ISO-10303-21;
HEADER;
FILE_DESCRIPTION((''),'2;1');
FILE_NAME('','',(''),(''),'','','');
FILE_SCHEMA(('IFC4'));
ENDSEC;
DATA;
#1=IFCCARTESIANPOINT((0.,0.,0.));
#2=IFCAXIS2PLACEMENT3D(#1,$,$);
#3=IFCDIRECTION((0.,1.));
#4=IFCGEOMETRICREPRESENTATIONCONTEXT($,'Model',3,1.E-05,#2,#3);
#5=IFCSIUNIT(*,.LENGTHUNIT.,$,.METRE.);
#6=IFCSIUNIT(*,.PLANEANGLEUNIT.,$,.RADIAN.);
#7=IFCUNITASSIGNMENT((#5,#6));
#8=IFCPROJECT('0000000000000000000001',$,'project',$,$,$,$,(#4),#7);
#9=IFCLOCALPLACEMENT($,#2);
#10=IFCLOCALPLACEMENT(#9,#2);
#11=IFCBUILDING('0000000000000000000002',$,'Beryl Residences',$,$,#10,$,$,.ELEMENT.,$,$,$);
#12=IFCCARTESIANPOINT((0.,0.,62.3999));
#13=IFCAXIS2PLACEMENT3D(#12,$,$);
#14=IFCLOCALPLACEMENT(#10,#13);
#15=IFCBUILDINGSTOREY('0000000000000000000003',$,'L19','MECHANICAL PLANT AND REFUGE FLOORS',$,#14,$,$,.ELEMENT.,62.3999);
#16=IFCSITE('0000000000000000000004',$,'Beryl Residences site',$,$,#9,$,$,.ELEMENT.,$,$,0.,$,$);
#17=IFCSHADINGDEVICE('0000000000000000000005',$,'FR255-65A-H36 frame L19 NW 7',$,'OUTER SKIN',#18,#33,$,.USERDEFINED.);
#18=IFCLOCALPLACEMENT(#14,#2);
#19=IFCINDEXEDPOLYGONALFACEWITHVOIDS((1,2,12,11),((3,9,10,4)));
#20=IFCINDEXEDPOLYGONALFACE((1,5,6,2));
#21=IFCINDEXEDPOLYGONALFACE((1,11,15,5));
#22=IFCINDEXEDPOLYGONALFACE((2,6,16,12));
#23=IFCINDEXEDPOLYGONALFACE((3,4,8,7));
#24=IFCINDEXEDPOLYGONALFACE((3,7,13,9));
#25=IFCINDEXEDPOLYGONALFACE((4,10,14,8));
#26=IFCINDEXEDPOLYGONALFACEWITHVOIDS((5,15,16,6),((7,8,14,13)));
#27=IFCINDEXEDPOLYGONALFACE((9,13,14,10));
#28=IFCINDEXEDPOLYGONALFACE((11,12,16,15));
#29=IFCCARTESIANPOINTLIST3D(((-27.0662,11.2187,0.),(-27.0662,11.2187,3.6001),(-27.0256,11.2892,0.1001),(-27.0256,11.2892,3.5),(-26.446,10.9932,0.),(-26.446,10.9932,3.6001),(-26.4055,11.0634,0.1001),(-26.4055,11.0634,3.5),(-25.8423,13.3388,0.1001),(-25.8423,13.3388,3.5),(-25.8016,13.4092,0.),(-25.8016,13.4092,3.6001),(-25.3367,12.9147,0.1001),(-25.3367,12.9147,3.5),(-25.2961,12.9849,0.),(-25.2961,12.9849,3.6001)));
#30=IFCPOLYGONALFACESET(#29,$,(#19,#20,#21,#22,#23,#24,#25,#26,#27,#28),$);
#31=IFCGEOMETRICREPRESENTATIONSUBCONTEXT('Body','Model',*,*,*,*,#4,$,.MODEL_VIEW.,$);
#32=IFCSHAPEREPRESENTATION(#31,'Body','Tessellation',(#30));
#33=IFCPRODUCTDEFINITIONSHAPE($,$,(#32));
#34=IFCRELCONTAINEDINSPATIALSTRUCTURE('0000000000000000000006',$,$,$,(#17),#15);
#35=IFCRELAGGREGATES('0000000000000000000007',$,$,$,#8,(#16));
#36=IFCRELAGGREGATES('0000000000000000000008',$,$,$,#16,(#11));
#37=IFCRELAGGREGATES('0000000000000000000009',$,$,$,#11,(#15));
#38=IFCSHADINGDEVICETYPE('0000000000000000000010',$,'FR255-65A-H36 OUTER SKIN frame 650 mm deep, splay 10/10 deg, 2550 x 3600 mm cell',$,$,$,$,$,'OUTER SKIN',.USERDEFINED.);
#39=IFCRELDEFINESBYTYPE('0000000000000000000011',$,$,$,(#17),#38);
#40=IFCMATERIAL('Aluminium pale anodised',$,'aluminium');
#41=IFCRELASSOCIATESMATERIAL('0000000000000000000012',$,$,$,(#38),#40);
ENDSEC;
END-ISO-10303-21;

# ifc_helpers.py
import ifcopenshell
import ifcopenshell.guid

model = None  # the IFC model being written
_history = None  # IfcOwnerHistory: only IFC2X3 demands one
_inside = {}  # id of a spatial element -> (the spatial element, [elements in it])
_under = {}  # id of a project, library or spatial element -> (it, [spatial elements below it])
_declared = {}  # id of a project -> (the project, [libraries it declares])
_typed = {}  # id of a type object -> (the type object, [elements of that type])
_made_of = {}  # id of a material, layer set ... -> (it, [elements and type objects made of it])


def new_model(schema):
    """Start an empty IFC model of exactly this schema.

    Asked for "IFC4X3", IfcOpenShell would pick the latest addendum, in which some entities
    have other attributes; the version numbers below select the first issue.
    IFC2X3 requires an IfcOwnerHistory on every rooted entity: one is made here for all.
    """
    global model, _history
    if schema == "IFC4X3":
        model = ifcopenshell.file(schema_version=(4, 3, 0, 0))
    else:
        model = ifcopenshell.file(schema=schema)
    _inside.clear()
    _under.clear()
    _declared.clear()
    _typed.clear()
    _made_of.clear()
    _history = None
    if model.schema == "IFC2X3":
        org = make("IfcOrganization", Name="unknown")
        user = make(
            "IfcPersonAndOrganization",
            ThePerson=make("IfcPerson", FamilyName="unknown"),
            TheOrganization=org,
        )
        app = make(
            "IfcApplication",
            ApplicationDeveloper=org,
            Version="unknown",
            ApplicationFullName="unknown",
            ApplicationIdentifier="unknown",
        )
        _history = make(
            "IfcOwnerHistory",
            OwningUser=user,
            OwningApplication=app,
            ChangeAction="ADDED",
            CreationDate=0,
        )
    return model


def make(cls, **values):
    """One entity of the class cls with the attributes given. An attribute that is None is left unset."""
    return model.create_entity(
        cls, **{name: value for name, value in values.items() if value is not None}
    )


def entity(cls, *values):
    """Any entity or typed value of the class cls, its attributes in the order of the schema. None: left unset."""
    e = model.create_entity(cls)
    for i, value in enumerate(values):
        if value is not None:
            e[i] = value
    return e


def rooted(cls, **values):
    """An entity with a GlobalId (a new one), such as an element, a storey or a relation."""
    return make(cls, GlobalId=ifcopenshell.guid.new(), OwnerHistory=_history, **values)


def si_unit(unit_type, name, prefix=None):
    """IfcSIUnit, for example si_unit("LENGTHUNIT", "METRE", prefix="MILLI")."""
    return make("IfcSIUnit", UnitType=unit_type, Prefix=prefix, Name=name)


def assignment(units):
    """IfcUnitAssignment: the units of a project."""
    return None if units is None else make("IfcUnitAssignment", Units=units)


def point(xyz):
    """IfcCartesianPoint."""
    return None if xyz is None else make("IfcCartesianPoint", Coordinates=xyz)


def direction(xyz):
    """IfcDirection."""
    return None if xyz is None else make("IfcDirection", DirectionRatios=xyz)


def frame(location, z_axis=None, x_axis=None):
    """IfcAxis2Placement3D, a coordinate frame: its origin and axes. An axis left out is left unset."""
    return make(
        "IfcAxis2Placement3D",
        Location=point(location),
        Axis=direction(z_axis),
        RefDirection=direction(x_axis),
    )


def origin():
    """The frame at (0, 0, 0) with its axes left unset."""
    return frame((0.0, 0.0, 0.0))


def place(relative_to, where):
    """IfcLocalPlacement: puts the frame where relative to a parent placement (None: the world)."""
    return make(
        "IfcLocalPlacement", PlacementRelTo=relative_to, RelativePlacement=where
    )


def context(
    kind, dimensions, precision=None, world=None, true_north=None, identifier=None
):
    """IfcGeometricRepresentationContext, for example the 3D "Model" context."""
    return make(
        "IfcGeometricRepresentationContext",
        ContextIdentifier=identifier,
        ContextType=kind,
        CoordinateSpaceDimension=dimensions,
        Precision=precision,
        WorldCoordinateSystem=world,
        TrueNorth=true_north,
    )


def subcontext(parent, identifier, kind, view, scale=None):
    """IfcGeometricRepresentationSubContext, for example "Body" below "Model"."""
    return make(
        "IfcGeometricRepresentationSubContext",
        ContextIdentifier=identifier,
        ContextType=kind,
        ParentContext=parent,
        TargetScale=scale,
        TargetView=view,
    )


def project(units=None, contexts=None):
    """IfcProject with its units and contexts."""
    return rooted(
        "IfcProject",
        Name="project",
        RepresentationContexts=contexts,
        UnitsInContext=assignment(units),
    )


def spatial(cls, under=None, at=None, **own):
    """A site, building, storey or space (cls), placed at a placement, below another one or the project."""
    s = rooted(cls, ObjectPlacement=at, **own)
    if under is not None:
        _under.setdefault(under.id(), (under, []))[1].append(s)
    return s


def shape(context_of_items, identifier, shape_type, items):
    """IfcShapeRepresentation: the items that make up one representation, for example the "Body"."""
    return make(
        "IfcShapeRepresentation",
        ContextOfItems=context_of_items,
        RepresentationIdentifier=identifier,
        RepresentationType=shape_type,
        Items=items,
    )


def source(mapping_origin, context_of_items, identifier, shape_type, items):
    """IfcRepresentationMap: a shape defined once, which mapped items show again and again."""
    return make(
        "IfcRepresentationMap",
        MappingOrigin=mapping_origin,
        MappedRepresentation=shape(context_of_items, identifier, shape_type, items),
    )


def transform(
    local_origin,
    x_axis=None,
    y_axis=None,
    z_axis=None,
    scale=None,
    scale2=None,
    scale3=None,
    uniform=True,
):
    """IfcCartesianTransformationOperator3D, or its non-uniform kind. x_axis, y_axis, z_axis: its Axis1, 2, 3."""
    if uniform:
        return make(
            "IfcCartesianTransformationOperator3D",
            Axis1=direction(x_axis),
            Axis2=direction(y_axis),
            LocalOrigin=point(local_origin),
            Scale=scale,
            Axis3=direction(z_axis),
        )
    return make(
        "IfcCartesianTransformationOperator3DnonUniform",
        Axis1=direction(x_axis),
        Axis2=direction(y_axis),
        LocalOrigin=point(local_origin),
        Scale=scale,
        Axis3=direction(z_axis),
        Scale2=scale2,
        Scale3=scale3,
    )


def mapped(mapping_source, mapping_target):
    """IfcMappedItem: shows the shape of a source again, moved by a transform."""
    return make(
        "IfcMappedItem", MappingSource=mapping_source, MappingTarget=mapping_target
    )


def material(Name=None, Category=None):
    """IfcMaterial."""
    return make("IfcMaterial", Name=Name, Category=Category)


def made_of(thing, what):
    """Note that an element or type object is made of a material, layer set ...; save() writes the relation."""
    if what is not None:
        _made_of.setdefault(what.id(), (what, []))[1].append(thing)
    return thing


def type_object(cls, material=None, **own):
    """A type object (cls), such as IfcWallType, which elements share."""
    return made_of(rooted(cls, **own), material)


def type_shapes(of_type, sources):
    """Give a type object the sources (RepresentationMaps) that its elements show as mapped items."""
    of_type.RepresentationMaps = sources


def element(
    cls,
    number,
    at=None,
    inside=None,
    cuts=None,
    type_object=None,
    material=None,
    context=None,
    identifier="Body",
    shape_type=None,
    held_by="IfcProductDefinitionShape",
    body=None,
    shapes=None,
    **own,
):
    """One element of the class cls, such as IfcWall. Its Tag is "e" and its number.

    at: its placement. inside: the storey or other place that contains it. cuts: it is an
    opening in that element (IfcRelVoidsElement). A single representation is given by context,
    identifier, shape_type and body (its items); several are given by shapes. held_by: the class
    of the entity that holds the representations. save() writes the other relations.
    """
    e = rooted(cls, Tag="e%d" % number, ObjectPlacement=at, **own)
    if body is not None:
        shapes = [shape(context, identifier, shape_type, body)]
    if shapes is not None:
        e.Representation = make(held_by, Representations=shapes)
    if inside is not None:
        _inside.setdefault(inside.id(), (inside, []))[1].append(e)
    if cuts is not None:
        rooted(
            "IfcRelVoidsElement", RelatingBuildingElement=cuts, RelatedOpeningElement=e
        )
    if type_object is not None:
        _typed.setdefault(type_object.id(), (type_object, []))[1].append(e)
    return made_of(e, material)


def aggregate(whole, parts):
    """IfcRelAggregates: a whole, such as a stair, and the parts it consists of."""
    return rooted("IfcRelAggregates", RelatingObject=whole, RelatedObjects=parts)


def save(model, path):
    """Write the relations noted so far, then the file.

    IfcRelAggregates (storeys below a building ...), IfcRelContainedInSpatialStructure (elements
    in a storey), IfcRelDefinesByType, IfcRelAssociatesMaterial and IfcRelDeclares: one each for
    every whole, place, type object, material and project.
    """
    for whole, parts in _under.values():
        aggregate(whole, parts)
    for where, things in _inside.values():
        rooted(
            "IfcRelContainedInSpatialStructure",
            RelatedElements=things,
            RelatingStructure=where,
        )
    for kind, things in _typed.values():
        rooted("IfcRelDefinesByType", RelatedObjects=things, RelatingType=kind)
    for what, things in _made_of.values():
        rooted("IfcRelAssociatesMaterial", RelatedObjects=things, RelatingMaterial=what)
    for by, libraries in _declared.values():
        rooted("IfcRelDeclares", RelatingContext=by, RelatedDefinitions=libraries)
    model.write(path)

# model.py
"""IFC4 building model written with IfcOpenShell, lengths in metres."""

from ifc_helpers import new_model, entity, si_unit, direction, frame, origin, place, context, subcontext, project, spatial, source, transform, mapped, material, type_object, type_shapes, element, save


model = new_model("IFC4")

# Units and contexts
model_context = context("Model", 3, precision=1e-05, world=origin(), true_north=direction((0.0, 1.0)))
body_context = subcontext(model_context, "Body", "Model", "MODEL_VIEW")
ifc_project = project(units=[si_unit("LENGTHUNIT", "METRE"), si_unit("PLANEANGLEUNIT", "RADIAN")], contexts=[model_context])

# Site, building, storey
site_placement = place(None, origin())
site = spatial("IfcSite", under=ifc_project, at=site_placement, Name="Beryl Residences site", CompositionType="ELEMENT", RefElevation=0.0)
building_placement = place(site_placement, origin())
building = spatial("IfcBuilding", under=site, at=building_placement, Name="Beryl Residences", CompositionType="ELEMENT")
storey_placement = place(building_placement, frame((0.0, 0.0, 62.3999)))
storey = spatial("IfcBuildingStorey", under=building, at=storey_placement, Name="L19", Description="MECHANICAL PLANT AND REFUGE FLOORS", CompositionType="ELEMENT", Elevation=62.3999)

# Shading device
ifc_material_1 = material(Name="Aluminium pale anodised", Category="aluminium")
shading_device_type = type_object("IfcShadingDeviceType", Name="FR255-65A-H36 OUTER SKIN frame 650 mm deep, splay 10/10 deg, 2550 x 3600 mm cell", ElementType="OUTER SKIN", PredefinedType="USERDEFINED", material=ifc_material_1)
cartesian_point_1 = entity("IfcCartesianPoint", [-1.1499, 0.0])
cartesian_point_2 = entity("IfcCartesianPoint", [-1.0688, 0.1001])
cartesian_point_3 = entity("IfcCartesianPoint", [-1.2646, 0.0])
cartesian_point_4 = entity("IfcCartesianPoint", [-1.1833, 0.1001])
shared_shape = source(origin(), body_context, "Body", "SweptSolid", [
    entity("IfcExtrudedAreaSolidTapered", entity("IfcArbitraryProfileDefWithVoids", "AREA", None, entity("IfcPolyline", [cartesian_point_1, entity("IfcCartesianPoint", [1.1499, 0.0]), entity("IfcCartesianPoint", [1.1499, 3.6001]), entity("IfcCartesianPoint", [-1.1499, 3.6001]), cartesian_point_1]), [entity("IfcPolyline", [cartesian_point_2, entity("IfcCartesianPoint", [1.0688, 0.1001]), entity("IfcCartesianPoint", [1.0688, 3.5]), entity("IfcCartesianPoint", [-1.0688, 3.5]), cartesian_point_2])]), entity("IfcAxis2Placement3D", entity("IfcCartesianPoint", [0.0, 0.0, 0.0]), entity("IfcDirection", [0.0, 1.0, 0.0]), entity("IfcDirection", [-1.0, 0.0, 0.0])), entity("IfcDirection", [0.0, 0.0, 1.0]), 0.6499, entity("IfcArbitraryProfileDefWithVoids", "AREA", None, entity("IfcPolyline", [cartesian_point_3, entity("IfcCartesianPoint", [1.2646, 0.0]), entity("IfcCartesianPoint", [1.2646, 3.6001]), entity("IfcCartesianPoint", [-1.2646, 3.6001]), cartesian_point_3]), [entity("IfcPolyline", [cartesian_point_4, entity("IfcCartesianPoint", [1.1833, 0.1001]), entity("IfcCartesianPoint", [1.1833, 3.5]), entity("IfcCartesianPoint", [-1.1833, 3.5]), cartesian_point_4])])),
])
type_shapes(shading_device_type, [shared_shape])
for number, where, z_axis, x_axis, name in (
    (1, (-25.8711, 11.989, 0.0), (0.0, 0.0, 1.0), (0.5, 0.866025, 0.0), "FR255-65A-H36 frame L19 NW 7"),
):
    element("IfcShadingDevice", number, at=place(storey_placement, frame(where, z_axis=z_axis, x_axis=x_axis)), inside=storey, type_object=shading_device_type, Name=name, ObjectType="OUTER SKIN", PredefinedType="USERDEFINED", context=body_context, shape_type="MappedRepresentation", body=[
        mapped(shared_shape, transform((0.0, 0.0, 0.0))),
    ])

save(model, "model.ifc")
